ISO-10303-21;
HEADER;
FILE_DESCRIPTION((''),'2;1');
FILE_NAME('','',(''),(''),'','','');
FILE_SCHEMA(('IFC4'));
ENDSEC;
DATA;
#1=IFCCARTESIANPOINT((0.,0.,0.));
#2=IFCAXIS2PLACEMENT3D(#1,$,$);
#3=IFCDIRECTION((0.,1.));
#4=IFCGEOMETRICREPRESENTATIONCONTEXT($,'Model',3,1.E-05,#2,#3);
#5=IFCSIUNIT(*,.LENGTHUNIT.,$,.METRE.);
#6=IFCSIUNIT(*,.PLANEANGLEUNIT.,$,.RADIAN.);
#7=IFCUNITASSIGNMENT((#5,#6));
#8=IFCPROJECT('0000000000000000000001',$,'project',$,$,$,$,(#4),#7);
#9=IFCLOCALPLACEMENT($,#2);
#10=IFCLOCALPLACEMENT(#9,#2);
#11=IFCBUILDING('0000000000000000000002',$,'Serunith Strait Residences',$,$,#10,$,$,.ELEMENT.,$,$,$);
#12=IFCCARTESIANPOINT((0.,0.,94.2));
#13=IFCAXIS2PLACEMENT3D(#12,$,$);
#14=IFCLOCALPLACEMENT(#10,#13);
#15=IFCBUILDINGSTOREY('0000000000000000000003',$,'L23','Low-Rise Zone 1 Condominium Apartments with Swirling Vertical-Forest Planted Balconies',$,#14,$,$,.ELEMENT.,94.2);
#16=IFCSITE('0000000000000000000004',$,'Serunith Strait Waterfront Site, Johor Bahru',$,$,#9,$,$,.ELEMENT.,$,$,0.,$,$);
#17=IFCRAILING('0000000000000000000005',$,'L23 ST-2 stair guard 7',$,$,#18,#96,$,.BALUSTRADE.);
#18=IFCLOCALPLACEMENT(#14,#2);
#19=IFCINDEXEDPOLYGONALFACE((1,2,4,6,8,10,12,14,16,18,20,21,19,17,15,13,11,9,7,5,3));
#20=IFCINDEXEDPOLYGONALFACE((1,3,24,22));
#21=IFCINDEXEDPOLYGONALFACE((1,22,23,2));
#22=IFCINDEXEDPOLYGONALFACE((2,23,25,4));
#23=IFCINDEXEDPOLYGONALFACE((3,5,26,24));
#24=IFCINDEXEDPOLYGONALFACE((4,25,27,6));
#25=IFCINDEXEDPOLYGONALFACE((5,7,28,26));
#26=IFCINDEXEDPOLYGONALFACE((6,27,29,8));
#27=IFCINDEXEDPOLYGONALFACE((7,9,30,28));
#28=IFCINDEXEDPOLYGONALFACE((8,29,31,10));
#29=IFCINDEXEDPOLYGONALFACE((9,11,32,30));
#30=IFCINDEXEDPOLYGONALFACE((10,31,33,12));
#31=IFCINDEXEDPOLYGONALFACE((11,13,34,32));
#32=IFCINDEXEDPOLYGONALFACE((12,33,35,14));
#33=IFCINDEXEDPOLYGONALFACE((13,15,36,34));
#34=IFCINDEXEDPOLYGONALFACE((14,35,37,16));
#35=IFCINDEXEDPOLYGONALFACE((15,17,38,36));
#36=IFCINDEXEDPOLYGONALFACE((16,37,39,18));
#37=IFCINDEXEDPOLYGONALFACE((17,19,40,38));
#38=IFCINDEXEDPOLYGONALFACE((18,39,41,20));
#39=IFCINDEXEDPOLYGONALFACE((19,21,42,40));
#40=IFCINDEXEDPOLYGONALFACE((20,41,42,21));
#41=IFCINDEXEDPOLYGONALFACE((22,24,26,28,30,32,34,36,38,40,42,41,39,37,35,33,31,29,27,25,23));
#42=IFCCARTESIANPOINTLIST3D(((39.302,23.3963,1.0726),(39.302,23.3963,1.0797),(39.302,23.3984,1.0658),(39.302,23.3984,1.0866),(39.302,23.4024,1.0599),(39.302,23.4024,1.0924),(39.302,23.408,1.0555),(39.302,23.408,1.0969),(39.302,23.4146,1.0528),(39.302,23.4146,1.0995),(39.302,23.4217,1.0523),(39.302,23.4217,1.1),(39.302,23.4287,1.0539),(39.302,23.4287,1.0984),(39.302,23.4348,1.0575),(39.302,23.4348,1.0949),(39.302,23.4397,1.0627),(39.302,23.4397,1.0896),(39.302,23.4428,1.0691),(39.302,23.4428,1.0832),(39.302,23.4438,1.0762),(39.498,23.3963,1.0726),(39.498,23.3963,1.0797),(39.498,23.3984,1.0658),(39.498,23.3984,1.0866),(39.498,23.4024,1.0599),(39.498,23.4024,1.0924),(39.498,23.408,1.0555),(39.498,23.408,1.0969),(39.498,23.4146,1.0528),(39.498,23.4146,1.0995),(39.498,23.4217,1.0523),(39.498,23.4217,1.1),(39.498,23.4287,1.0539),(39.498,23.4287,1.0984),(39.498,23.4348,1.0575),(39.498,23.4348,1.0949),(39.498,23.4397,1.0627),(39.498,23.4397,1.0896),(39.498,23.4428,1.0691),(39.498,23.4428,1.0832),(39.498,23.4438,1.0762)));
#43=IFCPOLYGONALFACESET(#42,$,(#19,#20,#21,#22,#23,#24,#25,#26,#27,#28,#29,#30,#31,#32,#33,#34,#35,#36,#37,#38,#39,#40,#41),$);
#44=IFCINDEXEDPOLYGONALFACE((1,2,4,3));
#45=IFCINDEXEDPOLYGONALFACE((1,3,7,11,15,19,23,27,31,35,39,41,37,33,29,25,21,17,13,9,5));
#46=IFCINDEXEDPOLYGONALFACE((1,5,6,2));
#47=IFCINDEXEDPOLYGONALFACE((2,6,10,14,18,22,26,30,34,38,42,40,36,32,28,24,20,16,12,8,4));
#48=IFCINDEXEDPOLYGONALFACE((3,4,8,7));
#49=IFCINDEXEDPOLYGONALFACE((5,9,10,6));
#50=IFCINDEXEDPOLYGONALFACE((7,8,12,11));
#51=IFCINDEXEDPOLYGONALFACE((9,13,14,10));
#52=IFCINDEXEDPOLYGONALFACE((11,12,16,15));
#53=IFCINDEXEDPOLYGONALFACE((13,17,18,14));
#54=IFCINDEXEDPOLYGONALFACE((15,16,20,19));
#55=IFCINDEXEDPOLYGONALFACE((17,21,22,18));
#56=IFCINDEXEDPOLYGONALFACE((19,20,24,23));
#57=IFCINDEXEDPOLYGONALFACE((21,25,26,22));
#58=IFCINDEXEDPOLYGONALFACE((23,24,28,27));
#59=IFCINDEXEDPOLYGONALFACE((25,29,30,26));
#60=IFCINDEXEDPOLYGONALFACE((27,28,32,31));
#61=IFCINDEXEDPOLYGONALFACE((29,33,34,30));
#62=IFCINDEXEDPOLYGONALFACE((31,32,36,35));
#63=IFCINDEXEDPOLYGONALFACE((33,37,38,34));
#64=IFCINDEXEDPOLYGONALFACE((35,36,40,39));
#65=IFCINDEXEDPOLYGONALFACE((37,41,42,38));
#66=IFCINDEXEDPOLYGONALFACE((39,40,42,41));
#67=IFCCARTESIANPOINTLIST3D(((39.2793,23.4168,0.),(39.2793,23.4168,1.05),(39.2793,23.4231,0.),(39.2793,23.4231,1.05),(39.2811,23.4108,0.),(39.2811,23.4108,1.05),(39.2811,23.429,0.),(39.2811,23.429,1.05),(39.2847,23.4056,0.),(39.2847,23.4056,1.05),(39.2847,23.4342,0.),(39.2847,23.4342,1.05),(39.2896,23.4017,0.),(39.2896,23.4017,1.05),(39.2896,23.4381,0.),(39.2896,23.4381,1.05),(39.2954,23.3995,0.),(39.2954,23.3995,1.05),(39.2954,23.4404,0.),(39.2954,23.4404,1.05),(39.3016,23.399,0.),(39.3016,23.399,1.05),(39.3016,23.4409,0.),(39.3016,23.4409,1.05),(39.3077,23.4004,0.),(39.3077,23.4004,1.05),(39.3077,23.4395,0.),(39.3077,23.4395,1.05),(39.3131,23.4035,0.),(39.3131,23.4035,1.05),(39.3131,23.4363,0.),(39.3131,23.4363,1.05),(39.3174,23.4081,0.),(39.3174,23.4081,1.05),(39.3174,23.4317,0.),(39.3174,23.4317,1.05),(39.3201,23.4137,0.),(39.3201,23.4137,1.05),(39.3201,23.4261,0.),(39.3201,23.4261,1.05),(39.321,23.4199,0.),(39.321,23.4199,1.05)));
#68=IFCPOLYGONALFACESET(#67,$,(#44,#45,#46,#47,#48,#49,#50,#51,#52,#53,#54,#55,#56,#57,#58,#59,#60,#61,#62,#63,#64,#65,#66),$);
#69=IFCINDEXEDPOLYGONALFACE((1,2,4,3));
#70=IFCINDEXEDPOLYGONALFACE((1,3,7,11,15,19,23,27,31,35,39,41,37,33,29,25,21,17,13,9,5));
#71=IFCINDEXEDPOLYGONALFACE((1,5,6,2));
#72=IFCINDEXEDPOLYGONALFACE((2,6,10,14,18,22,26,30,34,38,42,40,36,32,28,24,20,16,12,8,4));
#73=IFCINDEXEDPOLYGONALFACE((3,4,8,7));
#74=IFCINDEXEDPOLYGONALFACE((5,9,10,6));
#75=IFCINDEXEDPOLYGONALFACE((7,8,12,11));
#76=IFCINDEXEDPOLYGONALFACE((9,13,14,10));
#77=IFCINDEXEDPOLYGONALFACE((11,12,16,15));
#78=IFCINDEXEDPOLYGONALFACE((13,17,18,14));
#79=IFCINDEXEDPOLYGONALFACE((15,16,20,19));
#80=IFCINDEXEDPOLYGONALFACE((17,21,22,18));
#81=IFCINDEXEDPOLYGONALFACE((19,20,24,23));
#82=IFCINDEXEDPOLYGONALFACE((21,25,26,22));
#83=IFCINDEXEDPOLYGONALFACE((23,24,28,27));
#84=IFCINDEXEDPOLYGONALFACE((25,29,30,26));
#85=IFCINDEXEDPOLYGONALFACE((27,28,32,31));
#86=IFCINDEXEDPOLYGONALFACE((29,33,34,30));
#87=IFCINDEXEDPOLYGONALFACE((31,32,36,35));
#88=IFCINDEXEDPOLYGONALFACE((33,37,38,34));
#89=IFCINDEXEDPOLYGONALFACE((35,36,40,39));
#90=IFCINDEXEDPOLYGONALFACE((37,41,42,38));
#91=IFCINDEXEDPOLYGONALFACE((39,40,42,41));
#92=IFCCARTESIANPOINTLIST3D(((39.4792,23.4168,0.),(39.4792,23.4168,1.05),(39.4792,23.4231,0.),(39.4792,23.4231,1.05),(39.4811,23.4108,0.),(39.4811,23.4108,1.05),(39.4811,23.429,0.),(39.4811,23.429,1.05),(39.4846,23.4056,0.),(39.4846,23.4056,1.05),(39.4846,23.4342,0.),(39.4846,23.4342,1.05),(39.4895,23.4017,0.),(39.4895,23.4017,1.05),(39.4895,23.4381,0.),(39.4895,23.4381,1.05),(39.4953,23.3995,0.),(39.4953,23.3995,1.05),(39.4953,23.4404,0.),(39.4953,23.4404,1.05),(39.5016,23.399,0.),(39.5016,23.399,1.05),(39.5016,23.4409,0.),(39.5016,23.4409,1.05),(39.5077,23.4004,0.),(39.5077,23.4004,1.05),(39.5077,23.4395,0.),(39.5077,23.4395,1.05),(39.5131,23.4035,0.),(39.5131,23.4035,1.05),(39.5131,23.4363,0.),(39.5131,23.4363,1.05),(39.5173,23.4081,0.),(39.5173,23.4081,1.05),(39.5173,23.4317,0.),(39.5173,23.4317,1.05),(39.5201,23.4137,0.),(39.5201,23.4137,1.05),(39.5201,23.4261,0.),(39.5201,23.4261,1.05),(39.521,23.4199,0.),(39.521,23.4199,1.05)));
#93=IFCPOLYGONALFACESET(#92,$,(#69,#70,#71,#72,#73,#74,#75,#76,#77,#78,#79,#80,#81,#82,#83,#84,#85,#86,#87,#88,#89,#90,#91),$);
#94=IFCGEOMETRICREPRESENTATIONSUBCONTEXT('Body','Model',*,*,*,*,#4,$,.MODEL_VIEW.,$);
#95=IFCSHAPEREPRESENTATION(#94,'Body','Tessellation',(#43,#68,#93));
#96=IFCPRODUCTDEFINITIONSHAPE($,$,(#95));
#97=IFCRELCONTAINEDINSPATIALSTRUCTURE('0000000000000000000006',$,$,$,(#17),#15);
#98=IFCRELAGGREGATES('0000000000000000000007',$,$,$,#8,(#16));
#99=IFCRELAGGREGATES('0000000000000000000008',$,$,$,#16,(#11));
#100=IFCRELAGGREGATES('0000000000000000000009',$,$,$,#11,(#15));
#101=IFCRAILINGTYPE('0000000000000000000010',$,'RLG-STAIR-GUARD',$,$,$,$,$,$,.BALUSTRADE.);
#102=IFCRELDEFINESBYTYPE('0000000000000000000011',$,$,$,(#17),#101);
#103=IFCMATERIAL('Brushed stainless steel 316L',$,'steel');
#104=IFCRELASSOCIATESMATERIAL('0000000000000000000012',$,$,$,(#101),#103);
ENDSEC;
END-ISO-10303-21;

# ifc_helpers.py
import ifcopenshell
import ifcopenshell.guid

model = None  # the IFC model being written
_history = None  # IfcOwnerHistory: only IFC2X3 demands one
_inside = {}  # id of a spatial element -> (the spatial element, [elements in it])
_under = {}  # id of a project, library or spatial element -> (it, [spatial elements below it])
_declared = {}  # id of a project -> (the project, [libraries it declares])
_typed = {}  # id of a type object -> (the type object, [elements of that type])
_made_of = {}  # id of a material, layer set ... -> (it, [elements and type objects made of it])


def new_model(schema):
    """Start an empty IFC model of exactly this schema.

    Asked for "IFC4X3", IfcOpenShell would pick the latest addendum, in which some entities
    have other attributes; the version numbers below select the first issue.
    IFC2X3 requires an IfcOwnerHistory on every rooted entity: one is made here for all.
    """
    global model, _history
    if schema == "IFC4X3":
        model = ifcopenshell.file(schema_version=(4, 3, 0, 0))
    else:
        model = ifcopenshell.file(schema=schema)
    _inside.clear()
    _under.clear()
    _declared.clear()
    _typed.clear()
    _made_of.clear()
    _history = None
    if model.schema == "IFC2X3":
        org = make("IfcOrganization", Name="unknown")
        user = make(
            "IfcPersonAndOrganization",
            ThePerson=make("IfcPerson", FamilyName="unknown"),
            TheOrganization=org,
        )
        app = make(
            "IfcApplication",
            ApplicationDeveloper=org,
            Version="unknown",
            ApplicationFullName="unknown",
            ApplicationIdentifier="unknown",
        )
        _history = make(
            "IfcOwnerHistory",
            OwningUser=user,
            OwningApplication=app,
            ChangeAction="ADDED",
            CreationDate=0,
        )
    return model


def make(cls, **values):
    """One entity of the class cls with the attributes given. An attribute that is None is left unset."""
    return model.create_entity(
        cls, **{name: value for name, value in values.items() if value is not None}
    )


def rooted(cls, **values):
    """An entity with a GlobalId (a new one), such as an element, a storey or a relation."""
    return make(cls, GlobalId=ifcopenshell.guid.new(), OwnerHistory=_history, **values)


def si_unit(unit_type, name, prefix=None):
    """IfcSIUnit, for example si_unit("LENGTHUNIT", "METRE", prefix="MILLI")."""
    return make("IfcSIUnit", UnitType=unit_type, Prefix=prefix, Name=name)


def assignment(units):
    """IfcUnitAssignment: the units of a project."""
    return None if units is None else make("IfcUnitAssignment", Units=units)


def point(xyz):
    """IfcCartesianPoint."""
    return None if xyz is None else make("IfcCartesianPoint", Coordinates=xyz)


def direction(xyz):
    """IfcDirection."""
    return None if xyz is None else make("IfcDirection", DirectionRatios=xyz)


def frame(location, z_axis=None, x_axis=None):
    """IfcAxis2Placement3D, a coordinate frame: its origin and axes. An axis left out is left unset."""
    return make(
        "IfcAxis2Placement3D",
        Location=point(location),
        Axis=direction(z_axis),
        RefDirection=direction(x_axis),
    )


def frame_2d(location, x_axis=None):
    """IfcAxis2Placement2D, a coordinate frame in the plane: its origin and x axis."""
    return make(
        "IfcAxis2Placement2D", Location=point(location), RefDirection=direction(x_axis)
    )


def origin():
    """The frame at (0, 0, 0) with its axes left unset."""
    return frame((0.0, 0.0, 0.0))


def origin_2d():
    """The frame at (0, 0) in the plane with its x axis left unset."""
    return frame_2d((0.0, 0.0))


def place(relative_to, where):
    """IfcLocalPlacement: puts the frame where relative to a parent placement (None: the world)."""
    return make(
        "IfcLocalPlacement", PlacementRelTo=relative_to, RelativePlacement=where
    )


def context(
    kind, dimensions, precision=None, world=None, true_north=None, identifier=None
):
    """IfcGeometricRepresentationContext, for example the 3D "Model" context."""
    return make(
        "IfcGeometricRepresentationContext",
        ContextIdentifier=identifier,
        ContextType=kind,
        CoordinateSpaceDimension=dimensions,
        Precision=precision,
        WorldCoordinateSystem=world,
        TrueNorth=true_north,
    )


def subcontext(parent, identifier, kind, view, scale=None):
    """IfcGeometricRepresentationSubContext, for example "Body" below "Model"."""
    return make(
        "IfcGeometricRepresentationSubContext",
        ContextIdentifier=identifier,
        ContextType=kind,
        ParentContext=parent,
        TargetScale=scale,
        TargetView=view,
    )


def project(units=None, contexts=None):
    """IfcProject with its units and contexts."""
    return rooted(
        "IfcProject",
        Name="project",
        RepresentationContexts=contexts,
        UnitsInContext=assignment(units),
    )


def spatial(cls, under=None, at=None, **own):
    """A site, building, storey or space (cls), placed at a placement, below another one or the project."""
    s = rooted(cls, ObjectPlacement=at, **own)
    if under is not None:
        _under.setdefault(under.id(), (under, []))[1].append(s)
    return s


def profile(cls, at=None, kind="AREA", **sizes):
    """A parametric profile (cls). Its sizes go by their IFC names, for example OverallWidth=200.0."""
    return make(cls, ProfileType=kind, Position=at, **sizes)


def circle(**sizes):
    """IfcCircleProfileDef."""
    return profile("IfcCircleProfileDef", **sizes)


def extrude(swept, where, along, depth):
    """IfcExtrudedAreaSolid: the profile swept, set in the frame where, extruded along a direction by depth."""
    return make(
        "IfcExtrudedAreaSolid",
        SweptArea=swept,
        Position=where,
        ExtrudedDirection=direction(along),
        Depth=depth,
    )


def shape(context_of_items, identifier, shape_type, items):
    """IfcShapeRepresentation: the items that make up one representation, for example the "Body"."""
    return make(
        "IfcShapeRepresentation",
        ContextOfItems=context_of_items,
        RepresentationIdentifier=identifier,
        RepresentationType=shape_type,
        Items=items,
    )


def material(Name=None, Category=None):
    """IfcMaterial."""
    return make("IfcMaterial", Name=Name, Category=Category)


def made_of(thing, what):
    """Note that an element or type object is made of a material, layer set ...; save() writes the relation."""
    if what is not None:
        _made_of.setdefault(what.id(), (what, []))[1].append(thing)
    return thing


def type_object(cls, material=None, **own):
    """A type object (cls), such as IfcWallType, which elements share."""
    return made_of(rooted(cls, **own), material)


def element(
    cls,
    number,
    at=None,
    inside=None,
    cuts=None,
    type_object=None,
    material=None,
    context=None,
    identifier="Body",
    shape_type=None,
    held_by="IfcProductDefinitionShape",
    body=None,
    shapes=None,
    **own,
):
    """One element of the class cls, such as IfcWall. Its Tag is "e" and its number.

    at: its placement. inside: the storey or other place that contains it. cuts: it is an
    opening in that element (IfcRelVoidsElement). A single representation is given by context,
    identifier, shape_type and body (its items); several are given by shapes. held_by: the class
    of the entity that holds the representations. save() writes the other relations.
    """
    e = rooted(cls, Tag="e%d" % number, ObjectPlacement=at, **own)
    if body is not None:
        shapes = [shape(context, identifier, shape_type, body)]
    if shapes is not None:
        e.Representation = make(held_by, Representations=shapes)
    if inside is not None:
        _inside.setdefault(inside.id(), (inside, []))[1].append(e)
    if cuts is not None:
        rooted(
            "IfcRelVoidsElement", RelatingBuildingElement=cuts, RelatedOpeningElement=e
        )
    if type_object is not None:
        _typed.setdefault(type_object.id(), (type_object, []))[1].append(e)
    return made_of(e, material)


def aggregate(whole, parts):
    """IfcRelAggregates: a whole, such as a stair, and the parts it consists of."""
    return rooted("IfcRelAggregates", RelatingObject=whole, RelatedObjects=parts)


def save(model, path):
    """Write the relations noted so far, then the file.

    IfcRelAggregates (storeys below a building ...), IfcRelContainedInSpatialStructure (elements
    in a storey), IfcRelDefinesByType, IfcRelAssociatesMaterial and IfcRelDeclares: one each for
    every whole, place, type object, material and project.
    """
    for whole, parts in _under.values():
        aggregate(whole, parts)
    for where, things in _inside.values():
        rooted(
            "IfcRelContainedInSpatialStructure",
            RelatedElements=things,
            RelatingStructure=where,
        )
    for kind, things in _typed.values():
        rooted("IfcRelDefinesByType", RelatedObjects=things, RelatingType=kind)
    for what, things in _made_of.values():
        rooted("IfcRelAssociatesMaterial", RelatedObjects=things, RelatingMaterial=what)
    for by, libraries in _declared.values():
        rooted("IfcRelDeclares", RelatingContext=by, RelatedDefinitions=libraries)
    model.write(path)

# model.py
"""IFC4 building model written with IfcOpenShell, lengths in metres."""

from ifc_helpers import new_model, si_unit, direction, frame, origin, origin_2d, place, context, subcontext, project, spatial, circle, extrude, material, type_object, element, save


model = new_model("IFC4")

# Units and contexts
model_context = context("Model", 3, precision=1e-05, world=origin(), true_north=direction((0.0, 1.0)))
body_context = subcontext(model_context, "Body", "Model", "MODEL_VIEW")
ifc_project = project(units=[si_unit("LENGTHUNIT", "METRE"), si_unit("PLANEANGLEUNIT", "RADIAN")], contexts=[model_context])

# Site, building, storey
site_placement = place(None, origin())
site = spatial("IfcSite", under=ifc_project, at=site_placement, Name="Serunith Strait Waterfront Site, Johor Bahru", CompositionType="ELEMENT", RefElevation=0.0)
building_placement = place(site_placement, origin())
building = spatial("IfcBuilding", under=site, at=building_placement, Name="Serunith Strait Residences", CompositionType="ELEMENT")
storey_placement = place(building_placement, frame((0.0, 0.0, 94.2)))
storey = spatial("IfcBuildingStorey", under=building, at=storey_placement, Name="L23", Description="Low-Rise Zone 1 Condominium Apartments with Swirling Vertical-Forest Planted Balconies", CompositionType="ELEMENT", Elevation=94.2)

# Railing
ifc_material_1 = material(Name="Brushed stainless steel 316L", Category="steel")
railing_type_1 = type_object("IfcRailingType", Name="RLG-STAIR-GUARD", PredefinedType="BALUSTRADE", material=ifc_material_1)
railing_1_placement = place(storey_placement, frame((39.3, 23.4199, 0.0)))
element("IfcRailing", 1, at=railing_1_placement, inside=storey, type_object=railing_type_1, Name="L23 ST-2 stair guard 7", PredefinedType="BALUSTRADE", context=body_context, shape_type="SweptSolid", body=[
    extrude(circle(Radius=0.0239, at=origin_2d()), frame((0.002, 0.0, 1.0762), z_axis=(1.0, 0.0, 0.0), x_axis=(0.0, 1.0, 0.0)), (0.0, 0.0, 1.0), 0.196),
    extrude(circle(Radius=0.021, at=origin_2d()), origin(), (0.0, 0.0, 1.0), 1.05),
    extrude(circle(Radius=0.021, at=origin_2d()), frame((0.2, 0.0, 0.0)), (0.0, 0.0, 1.0), 1.05),
])

save(model, "model.ifc")
